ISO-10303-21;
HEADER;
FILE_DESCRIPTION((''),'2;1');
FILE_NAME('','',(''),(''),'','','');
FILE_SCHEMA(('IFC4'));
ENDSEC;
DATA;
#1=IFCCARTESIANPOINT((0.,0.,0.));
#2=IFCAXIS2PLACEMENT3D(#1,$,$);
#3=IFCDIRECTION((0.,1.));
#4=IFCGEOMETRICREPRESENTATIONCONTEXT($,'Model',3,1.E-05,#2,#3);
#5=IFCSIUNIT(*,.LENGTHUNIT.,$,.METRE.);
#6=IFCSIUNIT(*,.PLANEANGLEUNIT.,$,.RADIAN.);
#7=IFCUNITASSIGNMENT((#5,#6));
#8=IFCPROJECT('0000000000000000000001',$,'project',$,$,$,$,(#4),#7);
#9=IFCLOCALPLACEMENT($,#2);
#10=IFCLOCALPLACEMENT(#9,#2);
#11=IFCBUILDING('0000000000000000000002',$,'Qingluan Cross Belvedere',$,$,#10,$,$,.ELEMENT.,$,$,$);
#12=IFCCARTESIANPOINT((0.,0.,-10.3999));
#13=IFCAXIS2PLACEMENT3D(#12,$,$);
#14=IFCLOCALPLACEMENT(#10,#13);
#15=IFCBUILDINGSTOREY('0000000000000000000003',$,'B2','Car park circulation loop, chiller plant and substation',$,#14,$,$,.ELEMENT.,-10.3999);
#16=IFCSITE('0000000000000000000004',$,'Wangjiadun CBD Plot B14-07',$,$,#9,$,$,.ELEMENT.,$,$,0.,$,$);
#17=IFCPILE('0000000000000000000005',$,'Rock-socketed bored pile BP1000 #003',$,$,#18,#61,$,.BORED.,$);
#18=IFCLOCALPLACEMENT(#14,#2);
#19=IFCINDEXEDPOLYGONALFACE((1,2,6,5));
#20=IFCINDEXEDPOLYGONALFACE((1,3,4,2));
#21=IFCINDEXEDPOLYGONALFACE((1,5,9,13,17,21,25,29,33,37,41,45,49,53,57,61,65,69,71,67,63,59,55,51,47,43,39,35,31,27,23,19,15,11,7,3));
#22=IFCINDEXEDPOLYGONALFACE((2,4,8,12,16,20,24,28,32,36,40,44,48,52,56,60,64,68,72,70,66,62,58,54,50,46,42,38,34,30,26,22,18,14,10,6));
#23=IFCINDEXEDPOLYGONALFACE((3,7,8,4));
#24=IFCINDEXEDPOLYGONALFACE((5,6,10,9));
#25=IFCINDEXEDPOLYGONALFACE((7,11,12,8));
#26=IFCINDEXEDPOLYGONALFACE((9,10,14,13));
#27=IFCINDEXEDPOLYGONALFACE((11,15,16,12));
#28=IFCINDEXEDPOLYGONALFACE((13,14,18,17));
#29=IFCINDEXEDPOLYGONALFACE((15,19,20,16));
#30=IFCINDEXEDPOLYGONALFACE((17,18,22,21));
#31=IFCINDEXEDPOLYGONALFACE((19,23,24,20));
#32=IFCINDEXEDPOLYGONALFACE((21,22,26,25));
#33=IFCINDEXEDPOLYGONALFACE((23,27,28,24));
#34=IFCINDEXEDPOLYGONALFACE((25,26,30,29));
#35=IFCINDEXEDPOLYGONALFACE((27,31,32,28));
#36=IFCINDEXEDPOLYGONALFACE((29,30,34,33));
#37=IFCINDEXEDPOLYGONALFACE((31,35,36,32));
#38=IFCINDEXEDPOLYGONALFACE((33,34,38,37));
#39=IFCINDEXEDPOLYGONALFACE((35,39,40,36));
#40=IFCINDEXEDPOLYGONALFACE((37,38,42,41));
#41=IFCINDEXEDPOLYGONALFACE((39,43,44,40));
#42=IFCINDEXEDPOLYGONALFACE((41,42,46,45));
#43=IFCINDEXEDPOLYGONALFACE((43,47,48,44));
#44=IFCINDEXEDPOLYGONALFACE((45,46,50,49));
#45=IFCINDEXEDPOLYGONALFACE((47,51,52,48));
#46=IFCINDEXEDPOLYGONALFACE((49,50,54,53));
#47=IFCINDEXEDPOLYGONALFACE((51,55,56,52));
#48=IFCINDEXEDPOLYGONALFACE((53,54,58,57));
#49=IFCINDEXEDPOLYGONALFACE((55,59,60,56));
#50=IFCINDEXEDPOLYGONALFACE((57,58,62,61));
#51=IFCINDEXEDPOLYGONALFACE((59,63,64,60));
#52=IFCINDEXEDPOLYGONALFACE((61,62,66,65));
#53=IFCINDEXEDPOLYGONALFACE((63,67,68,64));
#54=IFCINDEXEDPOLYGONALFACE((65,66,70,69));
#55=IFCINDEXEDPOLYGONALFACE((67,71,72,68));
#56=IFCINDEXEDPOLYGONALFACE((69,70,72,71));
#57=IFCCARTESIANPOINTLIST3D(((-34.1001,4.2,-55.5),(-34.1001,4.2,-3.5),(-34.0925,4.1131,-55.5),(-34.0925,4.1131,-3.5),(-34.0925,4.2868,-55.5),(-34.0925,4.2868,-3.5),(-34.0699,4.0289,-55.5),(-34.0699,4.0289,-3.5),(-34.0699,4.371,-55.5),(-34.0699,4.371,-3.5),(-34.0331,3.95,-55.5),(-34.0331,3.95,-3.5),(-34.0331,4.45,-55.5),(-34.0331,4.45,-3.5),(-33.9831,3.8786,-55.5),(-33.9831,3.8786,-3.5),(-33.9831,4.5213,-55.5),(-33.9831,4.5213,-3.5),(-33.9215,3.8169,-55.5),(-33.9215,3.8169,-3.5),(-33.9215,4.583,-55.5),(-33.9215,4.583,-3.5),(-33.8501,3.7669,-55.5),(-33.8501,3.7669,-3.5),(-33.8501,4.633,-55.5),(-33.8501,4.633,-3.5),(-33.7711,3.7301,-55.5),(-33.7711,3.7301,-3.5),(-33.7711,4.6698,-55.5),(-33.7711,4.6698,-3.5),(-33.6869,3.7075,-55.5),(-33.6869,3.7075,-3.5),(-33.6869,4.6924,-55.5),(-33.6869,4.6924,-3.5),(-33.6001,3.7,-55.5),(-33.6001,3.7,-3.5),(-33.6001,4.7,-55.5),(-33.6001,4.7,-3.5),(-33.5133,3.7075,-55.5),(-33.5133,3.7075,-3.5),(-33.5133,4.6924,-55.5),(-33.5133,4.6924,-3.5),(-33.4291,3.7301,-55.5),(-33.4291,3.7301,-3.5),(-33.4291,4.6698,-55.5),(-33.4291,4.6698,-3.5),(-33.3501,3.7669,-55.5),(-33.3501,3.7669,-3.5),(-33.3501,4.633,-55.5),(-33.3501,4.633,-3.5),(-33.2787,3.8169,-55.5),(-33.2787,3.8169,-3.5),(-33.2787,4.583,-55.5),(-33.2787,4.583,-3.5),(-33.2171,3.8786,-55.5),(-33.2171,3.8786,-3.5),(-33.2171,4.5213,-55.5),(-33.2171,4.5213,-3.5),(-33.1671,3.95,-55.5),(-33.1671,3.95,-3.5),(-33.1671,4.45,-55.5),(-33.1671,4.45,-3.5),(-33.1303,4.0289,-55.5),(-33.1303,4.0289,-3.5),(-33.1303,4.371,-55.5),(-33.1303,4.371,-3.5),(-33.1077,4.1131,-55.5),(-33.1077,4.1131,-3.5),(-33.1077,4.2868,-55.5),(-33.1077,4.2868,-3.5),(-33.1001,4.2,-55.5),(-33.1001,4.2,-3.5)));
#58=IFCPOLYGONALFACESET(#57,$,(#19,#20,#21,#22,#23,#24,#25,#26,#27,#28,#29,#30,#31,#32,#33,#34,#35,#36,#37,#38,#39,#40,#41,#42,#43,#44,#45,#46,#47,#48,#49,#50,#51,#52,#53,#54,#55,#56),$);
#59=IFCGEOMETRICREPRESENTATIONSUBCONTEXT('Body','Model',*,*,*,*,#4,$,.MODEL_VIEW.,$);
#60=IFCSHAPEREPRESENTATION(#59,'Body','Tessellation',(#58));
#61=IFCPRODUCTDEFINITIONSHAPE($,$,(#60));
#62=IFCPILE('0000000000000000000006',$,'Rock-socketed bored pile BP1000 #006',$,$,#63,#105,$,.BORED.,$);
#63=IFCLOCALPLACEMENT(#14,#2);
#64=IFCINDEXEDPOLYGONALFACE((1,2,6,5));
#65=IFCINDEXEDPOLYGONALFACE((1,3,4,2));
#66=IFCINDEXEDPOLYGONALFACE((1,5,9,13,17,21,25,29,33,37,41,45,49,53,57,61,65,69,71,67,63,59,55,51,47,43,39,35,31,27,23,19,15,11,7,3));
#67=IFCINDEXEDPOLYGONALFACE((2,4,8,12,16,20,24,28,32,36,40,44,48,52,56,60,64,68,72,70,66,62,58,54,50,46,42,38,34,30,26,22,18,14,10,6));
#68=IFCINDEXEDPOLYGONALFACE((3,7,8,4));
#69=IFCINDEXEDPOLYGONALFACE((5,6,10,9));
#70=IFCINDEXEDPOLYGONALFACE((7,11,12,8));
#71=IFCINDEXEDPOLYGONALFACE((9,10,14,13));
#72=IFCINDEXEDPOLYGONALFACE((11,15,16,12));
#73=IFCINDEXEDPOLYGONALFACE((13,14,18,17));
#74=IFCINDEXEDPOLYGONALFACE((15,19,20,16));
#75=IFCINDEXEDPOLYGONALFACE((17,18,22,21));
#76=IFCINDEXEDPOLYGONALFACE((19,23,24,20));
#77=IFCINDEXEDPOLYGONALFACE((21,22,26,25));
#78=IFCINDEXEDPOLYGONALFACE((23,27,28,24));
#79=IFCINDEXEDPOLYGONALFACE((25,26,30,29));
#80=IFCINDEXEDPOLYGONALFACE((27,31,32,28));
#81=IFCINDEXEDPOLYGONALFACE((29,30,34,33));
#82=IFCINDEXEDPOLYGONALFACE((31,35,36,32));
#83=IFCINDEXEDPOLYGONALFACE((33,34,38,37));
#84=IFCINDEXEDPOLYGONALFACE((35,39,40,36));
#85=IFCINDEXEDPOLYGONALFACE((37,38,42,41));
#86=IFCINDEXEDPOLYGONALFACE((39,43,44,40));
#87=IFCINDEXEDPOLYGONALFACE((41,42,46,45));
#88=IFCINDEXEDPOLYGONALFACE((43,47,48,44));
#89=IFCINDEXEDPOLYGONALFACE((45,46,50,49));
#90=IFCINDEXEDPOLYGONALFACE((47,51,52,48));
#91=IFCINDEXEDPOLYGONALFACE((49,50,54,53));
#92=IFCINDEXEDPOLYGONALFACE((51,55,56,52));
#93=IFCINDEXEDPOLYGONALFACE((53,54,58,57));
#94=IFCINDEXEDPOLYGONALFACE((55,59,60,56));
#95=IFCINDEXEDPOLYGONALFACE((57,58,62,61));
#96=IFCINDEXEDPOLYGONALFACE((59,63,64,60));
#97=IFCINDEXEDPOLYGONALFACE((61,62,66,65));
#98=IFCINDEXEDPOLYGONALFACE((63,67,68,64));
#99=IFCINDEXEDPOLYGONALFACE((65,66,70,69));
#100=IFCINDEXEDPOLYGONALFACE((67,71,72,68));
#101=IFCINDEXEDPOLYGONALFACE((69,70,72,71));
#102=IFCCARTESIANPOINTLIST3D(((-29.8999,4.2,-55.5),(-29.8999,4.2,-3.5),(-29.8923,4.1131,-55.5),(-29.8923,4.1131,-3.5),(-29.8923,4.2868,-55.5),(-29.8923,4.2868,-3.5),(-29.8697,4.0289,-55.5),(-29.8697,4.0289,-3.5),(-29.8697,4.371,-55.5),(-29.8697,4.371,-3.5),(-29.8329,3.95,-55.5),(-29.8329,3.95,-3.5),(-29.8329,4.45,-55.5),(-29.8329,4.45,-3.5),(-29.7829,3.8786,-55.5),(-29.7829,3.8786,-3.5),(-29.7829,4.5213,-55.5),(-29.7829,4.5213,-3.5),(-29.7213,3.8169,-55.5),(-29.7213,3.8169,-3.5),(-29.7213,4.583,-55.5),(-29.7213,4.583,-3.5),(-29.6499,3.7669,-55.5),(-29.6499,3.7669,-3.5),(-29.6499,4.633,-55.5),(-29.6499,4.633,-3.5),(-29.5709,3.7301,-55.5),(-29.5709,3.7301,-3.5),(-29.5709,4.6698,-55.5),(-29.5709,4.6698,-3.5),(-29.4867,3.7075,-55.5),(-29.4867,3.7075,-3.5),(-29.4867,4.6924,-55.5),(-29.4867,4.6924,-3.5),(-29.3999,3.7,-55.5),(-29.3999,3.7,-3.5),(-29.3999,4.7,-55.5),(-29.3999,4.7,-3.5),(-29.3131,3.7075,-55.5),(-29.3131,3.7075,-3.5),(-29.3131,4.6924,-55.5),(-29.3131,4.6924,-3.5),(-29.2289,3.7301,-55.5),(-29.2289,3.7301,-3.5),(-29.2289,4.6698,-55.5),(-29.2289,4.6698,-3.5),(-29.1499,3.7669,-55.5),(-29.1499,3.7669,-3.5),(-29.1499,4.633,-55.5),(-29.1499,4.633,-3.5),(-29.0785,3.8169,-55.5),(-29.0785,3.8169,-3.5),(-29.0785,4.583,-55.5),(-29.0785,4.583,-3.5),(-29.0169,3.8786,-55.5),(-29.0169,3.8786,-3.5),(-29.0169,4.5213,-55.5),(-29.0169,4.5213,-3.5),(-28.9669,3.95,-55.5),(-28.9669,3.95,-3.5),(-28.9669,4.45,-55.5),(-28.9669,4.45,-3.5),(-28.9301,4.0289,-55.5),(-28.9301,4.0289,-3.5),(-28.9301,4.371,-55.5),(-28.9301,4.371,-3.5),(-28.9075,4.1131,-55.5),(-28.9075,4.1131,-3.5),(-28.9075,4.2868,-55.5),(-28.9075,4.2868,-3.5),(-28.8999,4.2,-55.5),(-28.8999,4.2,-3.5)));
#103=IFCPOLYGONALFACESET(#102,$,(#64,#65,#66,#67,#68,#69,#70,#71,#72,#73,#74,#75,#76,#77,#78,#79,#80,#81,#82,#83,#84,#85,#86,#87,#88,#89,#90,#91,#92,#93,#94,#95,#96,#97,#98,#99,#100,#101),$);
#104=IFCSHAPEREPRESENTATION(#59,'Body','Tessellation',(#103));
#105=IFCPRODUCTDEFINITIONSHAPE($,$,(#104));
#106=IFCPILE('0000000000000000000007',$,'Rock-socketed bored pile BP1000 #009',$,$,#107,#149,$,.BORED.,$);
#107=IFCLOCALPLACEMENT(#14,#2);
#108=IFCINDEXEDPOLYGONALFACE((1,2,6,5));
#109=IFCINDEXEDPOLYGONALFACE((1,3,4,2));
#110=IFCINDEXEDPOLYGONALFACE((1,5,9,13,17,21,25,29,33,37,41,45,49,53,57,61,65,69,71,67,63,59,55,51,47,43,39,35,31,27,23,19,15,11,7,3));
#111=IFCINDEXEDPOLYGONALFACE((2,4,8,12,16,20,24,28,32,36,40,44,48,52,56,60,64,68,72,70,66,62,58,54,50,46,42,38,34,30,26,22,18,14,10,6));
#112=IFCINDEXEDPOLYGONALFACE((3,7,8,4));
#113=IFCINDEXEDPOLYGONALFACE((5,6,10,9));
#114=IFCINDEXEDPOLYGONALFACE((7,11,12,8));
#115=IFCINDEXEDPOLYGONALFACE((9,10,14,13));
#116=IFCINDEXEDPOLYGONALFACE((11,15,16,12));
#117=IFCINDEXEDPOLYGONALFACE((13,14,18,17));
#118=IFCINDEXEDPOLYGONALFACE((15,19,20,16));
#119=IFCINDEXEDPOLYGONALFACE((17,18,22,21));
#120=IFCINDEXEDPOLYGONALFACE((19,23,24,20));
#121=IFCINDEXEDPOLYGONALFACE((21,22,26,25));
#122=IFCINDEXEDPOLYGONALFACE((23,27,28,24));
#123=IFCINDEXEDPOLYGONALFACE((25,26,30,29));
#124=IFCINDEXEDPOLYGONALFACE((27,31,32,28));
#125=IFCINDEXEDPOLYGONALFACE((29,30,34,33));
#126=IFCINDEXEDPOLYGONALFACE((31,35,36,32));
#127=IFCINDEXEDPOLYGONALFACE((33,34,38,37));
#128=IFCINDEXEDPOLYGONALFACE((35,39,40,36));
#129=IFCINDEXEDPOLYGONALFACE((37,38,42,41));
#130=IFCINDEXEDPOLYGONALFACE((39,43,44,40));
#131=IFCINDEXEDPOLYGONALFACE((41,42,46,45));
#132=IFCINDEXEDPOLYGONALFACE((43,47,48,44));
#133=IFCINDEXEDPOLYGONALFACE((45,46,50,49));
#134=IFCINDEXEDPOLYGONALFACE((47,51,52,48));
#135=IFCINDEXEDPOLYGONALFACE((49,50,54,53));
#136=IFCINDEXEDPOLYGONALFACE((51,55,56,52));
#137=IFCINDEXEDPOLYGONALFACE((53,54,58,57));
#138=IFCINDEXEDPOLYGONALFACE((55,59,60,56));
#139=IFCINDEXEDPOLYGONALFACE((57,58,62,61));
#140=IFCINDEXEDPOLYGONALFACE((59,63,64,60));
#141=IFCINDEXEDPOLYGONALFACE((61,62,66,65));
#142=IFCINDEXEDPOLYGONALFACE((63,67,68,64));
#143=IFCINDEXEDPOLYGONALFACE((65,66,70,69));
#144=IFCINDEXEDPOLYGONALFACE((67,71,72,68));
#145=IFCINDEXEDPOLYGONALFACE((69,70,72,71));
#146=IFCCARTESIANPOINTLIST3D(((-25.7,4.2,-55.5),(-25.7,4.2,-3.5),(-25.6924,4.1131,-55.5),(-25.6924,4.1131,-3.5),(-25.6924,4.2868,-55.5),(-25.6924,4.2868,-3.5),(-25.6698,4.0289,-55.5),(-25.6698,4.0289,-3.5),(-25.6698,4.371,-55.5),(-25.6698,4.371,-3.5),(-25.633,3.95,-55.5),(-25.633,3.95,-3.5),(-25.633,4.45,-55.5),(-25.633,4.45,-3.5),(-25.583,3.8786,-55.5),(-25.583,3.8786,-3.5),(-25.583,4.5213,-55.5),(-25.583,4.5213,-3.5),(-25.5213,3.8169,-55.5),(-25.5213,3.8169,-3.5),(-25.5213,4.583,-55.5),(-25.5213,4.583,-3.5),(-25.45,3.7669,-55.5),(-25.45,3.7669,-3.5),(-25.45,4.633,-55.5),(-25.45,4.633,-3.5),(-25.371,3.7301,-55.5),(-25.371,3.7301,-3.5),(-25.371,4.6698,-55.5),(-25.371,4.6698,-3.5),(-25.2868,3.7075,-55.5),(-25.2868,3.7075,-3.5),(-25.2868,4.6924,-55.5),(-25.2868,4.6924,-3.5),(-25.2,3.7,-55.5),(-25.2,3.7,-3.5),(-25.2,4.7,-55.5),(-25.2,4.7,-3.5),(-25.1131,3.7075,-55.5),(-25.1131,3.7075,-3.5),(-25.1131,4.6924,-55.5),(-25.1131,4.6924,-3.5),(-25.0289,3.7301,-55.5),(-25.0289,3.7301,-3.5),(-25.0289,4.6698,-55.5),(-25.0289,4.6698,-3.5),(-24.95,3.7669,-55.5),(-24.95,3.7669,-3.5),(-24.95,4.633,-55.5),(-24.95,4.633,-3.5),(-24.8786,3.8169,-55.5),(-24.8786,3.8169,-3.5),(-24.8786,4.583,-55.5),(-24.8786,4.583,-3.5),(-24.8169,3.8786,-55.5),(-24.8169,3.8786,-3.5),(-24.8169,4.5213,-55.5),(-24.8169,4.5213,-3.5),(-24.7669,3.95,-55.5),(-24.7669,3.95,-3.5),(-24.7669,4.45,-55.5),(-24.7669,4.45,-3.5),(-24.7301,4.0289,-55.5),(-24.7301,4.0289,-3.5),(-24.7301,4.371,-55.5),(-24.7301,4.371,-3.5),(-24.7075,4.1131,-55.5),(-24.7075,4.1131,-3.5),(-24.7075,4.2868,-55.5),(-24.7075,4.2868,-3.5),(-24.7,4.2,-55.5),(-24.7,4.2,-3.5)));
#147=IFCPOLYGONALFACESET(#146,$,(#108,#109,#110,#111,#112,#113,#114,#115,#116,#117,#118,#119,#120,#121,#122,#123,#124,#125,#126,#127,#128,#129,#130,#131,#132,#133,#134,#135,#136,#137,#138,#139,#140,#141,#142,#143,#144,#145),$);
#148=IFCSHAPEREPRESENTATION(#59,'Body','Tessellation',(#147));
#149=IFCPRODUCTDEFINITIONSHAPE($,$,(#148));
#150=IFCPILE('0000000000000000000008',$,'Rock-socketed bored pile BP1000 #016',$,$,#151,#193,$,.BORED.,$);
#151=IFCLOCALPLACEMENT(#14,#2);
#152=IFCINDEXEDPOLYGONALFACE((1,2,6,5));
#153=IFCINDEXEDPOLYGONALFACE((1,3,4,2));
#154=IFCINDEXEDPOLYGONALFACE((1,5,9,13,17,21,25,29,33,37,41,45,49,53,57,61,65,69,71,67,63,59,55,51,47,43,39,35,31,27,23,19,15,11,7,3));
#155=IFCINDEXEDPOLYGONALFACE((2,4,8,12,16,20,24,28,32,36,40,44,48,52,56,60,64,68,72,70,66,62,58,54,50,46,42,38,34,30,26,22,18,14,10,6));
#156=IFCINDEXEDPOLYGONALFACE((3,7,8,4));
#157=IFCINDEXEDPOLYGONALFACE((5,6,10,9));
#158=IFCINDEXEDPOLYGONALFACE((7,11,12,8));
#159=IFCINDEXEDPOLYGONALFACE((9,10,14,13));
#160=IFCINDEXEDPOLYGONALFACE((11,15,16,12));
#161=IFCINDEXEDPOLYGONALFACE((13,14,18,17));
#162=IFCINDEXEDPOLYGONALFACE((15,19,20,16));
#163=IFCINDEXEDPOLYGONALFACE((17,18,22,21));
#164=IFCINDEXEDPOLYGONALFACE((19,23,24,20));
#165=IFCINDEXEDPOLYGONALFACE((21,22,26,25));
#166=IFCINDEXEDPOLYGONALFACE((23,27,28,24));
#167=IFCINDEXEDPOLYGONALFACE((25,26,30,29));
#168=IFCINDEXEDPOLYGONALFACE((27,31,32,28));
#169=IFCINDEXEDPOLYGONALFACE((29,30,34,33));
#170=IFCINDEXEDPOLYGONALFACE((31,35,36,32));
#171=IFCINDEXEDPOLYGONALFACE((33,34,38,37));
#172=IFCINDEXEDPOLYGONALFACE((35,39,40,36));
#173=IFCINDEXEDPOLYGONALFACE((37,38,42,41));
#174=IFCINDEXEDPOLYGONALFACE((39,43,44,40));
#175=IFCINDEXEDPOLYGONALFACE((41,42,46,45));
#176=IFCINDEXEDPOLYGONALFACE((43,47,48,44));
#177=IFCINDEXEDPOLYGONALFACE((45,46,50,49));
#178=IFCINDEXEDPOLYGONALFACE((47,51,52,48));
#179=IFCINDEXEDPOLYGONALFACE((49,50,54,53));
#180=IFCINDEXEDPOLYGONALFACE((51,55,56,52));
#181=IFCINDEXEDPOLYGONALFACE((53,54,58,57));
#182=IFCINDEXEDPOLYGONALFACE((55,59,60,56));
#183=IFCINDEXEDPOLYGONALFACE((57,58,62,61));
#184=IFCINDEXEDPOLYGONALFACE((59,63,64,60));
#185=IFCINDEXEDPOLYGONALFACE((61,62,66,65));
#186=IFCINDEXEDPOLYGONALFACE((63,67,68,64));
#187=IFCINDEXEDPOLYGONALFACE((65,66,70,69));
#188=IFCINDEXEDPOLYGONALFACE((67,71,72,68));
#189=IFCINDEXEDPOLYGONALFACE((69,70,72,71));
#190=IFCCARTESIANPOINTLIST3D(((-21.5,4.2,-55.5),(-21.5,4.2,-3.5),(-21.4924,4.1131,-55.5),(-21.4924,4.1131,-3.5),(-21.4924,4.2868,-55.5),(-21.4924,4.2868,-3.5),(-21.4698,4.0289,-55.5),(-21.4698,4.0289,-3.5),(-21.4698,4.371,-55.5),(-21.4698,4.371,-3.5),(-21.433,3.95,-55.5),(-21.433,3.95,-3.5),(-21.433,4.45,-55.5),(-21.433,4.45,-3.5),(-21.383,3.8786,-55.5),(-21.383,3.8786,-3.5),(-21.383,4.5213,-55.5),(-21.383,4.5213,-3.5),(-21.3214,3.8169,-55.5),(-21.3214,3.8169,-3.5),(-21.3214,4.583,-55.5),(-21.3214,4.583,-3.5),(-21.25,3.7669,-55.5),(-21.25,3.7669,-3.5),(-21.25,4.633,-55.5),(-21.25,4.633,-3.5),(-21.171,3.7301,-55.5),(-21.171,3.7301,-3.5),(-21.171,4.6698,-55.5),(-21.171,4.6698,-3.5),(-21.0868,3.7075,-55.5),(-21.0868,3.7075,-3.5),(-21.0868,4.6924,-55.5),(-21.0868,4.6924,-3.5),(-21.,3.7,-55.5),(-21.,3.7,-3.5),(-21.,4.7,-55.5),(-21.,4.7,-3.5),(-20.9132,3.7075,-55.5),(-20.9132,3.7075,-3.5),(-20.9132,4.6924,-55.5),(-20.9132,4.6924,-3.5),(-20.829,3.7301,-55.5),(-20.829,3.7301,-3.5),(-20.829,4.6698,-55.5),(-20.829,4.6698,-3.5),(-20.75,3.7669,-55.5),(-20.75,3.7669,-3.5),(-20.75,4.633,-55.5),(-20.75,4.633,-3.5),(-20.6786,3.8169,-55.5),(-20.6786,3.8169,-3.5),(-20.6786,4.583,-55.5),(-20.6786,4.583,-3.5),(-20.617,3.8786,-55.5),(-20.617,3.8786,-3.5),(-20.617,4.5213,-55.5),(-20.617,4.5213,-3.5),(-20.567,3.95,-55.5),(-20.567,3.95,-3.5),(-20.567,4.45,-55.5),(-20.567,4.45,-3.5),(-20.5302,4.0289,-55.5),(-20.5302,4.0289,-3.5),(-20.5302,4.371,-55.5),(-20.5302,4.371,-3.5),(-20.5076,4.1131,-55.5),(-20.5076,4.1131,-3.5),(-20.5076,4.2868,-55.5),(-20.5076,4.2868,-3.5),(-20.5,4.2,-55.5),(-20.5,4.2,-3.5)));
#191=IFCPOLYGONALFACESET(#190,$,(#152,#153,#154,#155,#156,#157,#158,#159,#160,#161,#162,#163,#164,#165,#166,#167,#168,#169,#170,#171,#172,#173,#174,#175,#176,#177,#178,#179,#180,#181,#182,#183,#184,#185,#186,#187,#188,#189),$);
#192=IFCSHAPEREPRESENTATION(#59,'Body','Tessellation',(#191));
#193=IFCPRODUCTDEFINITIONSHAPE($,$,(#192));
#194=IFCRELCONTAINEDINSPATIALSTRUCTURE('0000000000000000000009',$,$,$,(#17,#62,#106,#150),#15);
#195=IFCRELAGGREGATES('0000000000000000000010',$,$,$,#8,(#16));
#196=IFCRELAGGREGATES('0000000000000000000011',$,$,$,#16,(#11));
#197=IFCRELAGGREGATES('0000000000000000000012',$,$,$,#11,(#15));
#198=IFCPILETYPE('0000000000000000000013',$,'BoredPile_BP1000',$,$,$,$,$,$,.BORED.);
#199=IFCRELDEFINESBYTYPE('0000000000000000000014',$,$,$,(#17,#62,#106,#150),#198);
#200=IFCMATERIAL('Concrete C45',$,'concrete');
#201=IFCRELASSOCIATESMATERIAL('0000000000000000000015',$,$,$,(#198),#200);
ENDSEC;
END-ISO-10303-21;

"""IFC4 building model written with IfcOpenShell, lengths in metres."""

from ifc_helpers import new_model, si_unit, direction, frame, origin, origin_2d, place, context, subcontext, project, spatial, circle, extrude, material, material_profile, profile_set, type_object, element, save


model = new_model("IFC4")

# Units and contexts
model_context = context("Model", 3, precision=1e-05, world=origin(), true_north=direction((0.0, 1.0)))
body_context = subcontext(model_context, "Body", "Model", "MODEL_VIEW")
ifc_project = project(units=[si_unit("LENGTHUNIT", "METRE"), si_unit("PLANEANGLEUNIT", "RADIAN")], contexts=[model_context])

# Site, building, storey
site_placement = place(None, origin())
site = spatial("IfcSite", under=ifc_project, at=site_placement, Name="Wangjiadun CBD Plot B14-07", CompositionType="ELEMENT", RefElevation=0.0)
building_placement = place(site_placement, origin())
building = spatial("IfcBuilding", under=site, at=building_placement, Name="Qingluan Cross Belvedere", CompositionType="ELEMENT")
storey_placement = place(building_placement, frame((0.0, 0.0, -10.3999)))
storey = spatial("IfcBuildingStorey", under=building, at=storey_placement, Name="B2", Description="Car park circulation loop, chiller plant and substation", CompositionType="ELEMENT", Elevation=-10.3999)

# Piles
ifc_material_1 = material(Name="Concrete C45", Category="concrete")
ifc_material_profile_1 = material_profile(ifc_material_1, circle(Radius=0.5, at=origin_2d()), Name="BP1000")
ifc_profile_set_1 = profile_set([ifc_material_profile_1], Name="Concrete C45")
pile_type_1 = type_object("IfcPileType", Name="BoredPile_BP1000", PredefinedType="BORED", material=ifc_profile_set_1)
for number, where, z_axis, x_axis, name in (
    (1, (-33.6001, 4.2, -3.5), (0.0, 0.0, -1.0), (1.0, 0.0, 0.0), "Rock-socketed bored pile BP1000 #003"),
    (2, (-29.3999, 4.2, -3.5), (0.0, 0.0, -1.0), (1.0, 0.0, 0.0), "Rock-socketed bored pile BP1000 #006"),
    (3, (-25.2, 4.2, -3.5), (0.0, 0.0, -1.0), (1.0, 0.0, 0.0), "Rock-socketed bored pile BP1000 #009"),
    (4, (-21.0, 4.2, -3.5), (0.0, 0.0, -1.0), (1.0, 0.0, 0.0), "Rock-socketed bored pile BP1000 #016"),
):
    element("IfcPile", number, at=place(storey_placement, frame(where, z_axis=z_axis, x_axis=x_axis)), inside=storey, type_object=pile_type_1, Name=name, PredefinedType="BORED", context=body_context, shape_type="SweptSolid", body=[
        extrude(circle(Radius=0.5, at=origin_2d()), origin(), (0.0, 0.0, 1.0), 52.0),
    ])

save(model, "model.ifc")
